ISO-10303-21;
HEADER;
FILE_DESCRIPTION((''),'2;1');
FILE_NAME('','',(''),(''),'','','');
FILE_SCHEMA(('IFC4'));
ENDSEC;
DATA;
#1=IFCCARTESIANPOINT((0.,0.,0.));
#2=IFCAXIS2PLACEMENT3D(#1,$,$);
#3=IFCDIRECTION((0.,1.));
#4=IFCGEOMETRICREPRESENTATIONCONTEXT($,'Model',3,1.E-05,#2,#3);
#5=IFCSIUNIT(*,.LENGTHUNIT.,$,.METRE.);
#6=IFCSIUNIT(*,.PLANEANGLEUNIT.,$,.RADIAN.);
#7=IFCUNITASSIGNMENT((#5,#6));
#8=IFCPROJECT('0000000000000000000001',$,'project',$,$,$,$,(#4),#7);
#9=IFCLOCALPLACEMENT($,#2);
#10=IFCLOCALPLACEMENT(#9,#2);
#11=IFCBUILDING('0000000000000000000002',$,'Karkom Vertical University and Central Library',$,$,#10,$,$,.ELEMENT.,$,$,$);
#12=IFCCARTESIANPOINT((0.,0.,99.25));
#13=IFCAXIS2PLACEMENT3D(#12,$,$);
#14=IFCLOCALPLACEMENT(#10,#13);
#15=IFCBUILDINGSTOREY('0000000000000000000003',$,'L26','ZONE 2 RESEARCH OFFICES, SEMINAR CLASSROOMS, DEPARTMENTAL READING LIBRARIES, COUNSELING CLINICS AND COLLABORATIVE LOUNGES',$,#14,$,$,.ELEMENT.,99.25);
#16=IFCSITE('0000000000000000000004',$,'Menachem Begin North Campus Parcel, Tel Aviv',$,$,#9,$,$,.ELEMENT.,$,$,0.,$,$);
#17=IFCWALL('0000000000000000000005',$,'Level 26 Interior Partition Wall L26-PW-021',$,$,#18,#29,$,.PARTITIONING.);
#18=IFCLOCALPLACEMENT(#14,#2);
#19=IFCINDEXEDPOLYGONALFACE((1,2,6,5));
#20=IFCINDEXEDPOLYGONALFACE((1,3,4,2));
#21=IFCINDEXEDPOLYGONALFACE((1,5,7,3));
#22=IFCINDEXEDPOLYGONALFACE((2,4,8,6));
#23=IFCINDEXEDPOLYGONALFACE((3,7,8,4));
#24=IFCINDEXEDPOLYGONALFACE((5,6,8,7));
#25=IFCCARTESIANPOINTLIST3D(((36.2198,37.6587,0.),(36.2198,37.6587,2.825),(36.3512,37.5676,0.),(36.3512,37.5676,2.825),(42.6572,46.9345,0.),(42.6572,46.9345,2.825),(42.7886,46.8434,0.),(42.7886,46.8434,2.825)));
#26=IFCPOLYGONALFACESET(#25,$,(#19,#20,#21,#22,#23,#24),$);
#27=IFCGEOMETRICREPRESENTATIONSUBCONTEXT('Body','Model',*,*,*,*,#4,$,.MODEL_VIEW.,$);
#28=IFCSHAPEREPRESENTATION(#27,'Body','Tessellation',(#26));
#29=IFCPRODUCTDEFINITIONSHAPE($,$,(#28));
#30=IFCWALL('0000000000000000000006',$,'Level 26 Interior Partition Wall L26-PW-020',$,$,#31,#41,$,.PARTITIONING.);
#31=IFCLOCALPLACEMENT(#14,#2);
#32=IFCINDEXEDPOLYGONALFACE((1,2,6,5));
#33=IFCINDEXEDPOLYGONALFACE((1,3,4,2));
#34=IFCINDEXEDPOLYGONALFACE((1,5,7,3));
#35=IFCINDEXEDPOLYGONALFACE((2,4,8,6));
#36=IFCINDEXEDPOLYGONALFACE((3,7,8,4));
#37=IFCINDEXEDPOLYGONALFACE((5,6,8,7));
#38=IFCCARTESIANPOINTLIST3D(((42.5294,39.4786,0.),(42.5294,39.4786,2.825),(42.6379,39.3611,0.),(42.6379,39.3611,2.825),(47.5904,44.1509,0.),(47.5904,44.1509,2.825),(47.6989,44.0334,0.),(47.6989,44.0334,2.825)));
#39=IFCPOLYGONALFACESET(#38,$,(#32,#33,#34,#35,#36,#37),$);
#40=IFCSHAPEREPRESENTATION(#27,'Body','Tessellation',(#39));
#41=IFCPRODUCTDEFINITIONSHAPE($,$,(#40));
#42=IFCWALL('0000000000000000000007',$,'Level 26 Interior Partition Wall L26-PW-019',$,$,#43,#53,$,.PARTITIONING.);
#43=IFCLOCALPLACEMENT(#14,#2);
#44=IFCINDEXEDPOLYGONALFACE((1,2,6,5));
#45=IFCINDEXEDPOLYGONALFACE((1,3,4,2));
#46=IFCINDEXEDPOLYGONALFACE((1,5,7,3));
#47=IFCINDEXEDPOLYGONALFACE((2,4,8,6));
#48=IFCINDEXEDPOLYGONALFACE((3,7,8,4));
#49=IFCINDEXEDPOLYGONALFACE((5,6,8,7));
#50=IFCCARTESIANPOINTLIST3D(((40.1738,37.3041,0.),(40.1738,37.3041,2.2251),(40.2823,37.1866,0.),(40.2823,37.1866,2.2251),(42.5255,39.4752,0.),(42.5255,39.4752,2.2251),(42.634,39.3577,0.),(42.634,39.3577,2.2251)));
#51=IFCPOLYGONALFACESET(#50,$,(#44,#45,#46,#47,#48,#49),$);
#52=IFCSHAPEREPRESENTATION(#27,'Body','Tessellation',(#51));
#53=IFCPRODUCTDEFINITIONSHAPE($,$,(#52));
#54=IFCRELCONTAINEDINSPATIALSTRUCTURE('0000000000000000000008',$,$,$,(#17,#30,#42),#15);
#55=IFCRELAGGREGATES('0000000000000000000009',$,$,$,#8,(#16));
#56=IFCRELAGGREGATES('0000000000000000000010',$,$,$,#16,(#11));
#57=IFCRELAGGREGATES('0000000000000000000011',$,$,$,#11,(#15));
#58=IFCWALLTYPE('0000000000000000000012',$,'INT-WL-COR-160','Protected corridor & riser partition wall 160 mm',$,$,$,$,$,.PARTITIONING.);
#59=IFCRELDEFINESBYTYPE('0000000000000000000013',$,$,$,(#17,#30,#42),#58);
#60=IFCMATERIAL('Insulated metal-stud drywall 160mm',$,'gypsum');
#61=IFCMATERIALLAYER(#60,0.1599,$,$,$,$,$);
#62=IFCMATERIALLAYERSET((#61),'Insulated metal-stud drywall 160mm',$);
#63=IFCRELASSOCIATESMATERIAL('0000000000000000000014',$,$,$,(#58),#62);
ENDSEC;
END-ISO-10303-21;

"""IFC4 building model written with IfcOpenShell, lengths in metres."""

from ifc_helpers import new_model, si_unit, direction, frame, frame_2d, origin, place, context, subcontext, project, spatial, rectangle, extrude, material, layer, layer_set, type_object, element, save


model = new_model("IFC4")

# Units and contexts
model_context = context("Model", 3, precision=1e-05, world=origin(), true_north=direction((0.0, 1.0)))
body_context = subcontext(model_context, "Body", "Model", "MODEL_VIEW")
ifc_project = project(units=[si_unit("LENGTHUNIT", "METRE"), si_unit("PLANEANGLEUNIT", "RADIAN")], contexts=[model_context])

# Site, building, storey
site_placement = place(None, origin())
site = spatial("IfcSite", under=ifc_project, at=site_placement, Name="Menachem Begin North Campus Parcel, Tel Aviv", CompositionType="ELEMENT", RefElevation=0.0)
building_placement = place(site_placement, origin())
building = spatial("IfcBuilding", under=site, at=building_placement, Name="Karkom Vertical University and Central Library", CompositionType="ELEMENT")
storey_placement = place(building_placement, frame((0.0, 0.0, 99.25)))
storey = spatial("IfcBuildingStorey", under=building, at=storey_placement, Name="L26", Description="ZONE 2 RESEARCH OFFICES, SEMINAR CLASSROOMS, DEPARTMENTAL READING LIBRARIES, COUNSELING CLINICS AND COLLABORATIVE LOUNGES", CompositionType="ELEMENT", Elevation=99.25)

# Shared definitions
ifc_material_1 = material(Name="Insulated metal-stud drywall 160mm", Category="gypsum")
ifc_layer_1 = layer(ifc_material_1, 0.1599)
ifc_layer_set_1 = layer_set([ifc_layer_1], Name="Insulated metal-stud drywall 160mm")
wall_type_1 = type_object("IfcWallType", Name="INT-WL-COR-160", Description="Protected corridor & riser partition wall 160 mm", PredefinedType="PARTITIONING", material=ifc_layer_set_1)

# Walls
wall_1_placement = place(storey_placement, frame((36.2854, 37.613, 0.0), z_axis=(0.0, 0.0, 1.0), x_axis=(0.570152, 0.821539, 0.0)))
element("IfcWall", 1, at=wall_1_placement, inside=storey, type_object=wall_type_1, Name="Level 26 Interior Partition Wall L26-PW-021", PredefinedType="PARTITIONING", context=body_context, shape_type="SweptSolid", body=[
    extrude(rectangle(XDim=11.2908, YDim=0.1599, at=frame_2d((5.6455, 0.0))), origin(), (0.0, 0.0, 1.0), 2.825),
])
wall_2_placement = place(storey_placement, frame((42.5837, 39.4199, 0.0), z_axis=(0.0, 0.0, 1.0), x_axis=(0.734757, 0.67833, 0.0)))
element("IfcWall", 2, at=wall_2_placement, inside=storey, type_object=wall_type_1, Name="Level 26 Interior Partition Wall L26-PW-020", PredefinedType="PARTITIONING", context=body_context, shape_type="SweptSolid", body=[
    extrude(rectangle(XDim=6.8879, YDim=0.1599, at=frame_2d((3.4438, 0.0))), origin(), (0.0, 0.0, 1.0), 2.825),
])
wall_3_placement = place(storey_placement, frame((40.228, 37.2454, 0.0), z_axis=(0.0, 0.0, 1.0), x_axis=(0.734765, 0.678321, 0.0)))
element("IfcWall", 3, at=wall_3_placement, inside=storey, type_object=wall_type_1, Name="Level 26 Interior Partition Wall L26-PW-019", PredefinedType="PARTITIONING", context=body_context, shape_type="SweptSolid", body=[
    extrude(rectangle(XDim=3.2007, YDim=0.1599, at=frame_2d((1.6003, 0.0))), origin(), (0.0, 0.0, 1.0), 2.2251),
])

save(model, "model.ifc")
